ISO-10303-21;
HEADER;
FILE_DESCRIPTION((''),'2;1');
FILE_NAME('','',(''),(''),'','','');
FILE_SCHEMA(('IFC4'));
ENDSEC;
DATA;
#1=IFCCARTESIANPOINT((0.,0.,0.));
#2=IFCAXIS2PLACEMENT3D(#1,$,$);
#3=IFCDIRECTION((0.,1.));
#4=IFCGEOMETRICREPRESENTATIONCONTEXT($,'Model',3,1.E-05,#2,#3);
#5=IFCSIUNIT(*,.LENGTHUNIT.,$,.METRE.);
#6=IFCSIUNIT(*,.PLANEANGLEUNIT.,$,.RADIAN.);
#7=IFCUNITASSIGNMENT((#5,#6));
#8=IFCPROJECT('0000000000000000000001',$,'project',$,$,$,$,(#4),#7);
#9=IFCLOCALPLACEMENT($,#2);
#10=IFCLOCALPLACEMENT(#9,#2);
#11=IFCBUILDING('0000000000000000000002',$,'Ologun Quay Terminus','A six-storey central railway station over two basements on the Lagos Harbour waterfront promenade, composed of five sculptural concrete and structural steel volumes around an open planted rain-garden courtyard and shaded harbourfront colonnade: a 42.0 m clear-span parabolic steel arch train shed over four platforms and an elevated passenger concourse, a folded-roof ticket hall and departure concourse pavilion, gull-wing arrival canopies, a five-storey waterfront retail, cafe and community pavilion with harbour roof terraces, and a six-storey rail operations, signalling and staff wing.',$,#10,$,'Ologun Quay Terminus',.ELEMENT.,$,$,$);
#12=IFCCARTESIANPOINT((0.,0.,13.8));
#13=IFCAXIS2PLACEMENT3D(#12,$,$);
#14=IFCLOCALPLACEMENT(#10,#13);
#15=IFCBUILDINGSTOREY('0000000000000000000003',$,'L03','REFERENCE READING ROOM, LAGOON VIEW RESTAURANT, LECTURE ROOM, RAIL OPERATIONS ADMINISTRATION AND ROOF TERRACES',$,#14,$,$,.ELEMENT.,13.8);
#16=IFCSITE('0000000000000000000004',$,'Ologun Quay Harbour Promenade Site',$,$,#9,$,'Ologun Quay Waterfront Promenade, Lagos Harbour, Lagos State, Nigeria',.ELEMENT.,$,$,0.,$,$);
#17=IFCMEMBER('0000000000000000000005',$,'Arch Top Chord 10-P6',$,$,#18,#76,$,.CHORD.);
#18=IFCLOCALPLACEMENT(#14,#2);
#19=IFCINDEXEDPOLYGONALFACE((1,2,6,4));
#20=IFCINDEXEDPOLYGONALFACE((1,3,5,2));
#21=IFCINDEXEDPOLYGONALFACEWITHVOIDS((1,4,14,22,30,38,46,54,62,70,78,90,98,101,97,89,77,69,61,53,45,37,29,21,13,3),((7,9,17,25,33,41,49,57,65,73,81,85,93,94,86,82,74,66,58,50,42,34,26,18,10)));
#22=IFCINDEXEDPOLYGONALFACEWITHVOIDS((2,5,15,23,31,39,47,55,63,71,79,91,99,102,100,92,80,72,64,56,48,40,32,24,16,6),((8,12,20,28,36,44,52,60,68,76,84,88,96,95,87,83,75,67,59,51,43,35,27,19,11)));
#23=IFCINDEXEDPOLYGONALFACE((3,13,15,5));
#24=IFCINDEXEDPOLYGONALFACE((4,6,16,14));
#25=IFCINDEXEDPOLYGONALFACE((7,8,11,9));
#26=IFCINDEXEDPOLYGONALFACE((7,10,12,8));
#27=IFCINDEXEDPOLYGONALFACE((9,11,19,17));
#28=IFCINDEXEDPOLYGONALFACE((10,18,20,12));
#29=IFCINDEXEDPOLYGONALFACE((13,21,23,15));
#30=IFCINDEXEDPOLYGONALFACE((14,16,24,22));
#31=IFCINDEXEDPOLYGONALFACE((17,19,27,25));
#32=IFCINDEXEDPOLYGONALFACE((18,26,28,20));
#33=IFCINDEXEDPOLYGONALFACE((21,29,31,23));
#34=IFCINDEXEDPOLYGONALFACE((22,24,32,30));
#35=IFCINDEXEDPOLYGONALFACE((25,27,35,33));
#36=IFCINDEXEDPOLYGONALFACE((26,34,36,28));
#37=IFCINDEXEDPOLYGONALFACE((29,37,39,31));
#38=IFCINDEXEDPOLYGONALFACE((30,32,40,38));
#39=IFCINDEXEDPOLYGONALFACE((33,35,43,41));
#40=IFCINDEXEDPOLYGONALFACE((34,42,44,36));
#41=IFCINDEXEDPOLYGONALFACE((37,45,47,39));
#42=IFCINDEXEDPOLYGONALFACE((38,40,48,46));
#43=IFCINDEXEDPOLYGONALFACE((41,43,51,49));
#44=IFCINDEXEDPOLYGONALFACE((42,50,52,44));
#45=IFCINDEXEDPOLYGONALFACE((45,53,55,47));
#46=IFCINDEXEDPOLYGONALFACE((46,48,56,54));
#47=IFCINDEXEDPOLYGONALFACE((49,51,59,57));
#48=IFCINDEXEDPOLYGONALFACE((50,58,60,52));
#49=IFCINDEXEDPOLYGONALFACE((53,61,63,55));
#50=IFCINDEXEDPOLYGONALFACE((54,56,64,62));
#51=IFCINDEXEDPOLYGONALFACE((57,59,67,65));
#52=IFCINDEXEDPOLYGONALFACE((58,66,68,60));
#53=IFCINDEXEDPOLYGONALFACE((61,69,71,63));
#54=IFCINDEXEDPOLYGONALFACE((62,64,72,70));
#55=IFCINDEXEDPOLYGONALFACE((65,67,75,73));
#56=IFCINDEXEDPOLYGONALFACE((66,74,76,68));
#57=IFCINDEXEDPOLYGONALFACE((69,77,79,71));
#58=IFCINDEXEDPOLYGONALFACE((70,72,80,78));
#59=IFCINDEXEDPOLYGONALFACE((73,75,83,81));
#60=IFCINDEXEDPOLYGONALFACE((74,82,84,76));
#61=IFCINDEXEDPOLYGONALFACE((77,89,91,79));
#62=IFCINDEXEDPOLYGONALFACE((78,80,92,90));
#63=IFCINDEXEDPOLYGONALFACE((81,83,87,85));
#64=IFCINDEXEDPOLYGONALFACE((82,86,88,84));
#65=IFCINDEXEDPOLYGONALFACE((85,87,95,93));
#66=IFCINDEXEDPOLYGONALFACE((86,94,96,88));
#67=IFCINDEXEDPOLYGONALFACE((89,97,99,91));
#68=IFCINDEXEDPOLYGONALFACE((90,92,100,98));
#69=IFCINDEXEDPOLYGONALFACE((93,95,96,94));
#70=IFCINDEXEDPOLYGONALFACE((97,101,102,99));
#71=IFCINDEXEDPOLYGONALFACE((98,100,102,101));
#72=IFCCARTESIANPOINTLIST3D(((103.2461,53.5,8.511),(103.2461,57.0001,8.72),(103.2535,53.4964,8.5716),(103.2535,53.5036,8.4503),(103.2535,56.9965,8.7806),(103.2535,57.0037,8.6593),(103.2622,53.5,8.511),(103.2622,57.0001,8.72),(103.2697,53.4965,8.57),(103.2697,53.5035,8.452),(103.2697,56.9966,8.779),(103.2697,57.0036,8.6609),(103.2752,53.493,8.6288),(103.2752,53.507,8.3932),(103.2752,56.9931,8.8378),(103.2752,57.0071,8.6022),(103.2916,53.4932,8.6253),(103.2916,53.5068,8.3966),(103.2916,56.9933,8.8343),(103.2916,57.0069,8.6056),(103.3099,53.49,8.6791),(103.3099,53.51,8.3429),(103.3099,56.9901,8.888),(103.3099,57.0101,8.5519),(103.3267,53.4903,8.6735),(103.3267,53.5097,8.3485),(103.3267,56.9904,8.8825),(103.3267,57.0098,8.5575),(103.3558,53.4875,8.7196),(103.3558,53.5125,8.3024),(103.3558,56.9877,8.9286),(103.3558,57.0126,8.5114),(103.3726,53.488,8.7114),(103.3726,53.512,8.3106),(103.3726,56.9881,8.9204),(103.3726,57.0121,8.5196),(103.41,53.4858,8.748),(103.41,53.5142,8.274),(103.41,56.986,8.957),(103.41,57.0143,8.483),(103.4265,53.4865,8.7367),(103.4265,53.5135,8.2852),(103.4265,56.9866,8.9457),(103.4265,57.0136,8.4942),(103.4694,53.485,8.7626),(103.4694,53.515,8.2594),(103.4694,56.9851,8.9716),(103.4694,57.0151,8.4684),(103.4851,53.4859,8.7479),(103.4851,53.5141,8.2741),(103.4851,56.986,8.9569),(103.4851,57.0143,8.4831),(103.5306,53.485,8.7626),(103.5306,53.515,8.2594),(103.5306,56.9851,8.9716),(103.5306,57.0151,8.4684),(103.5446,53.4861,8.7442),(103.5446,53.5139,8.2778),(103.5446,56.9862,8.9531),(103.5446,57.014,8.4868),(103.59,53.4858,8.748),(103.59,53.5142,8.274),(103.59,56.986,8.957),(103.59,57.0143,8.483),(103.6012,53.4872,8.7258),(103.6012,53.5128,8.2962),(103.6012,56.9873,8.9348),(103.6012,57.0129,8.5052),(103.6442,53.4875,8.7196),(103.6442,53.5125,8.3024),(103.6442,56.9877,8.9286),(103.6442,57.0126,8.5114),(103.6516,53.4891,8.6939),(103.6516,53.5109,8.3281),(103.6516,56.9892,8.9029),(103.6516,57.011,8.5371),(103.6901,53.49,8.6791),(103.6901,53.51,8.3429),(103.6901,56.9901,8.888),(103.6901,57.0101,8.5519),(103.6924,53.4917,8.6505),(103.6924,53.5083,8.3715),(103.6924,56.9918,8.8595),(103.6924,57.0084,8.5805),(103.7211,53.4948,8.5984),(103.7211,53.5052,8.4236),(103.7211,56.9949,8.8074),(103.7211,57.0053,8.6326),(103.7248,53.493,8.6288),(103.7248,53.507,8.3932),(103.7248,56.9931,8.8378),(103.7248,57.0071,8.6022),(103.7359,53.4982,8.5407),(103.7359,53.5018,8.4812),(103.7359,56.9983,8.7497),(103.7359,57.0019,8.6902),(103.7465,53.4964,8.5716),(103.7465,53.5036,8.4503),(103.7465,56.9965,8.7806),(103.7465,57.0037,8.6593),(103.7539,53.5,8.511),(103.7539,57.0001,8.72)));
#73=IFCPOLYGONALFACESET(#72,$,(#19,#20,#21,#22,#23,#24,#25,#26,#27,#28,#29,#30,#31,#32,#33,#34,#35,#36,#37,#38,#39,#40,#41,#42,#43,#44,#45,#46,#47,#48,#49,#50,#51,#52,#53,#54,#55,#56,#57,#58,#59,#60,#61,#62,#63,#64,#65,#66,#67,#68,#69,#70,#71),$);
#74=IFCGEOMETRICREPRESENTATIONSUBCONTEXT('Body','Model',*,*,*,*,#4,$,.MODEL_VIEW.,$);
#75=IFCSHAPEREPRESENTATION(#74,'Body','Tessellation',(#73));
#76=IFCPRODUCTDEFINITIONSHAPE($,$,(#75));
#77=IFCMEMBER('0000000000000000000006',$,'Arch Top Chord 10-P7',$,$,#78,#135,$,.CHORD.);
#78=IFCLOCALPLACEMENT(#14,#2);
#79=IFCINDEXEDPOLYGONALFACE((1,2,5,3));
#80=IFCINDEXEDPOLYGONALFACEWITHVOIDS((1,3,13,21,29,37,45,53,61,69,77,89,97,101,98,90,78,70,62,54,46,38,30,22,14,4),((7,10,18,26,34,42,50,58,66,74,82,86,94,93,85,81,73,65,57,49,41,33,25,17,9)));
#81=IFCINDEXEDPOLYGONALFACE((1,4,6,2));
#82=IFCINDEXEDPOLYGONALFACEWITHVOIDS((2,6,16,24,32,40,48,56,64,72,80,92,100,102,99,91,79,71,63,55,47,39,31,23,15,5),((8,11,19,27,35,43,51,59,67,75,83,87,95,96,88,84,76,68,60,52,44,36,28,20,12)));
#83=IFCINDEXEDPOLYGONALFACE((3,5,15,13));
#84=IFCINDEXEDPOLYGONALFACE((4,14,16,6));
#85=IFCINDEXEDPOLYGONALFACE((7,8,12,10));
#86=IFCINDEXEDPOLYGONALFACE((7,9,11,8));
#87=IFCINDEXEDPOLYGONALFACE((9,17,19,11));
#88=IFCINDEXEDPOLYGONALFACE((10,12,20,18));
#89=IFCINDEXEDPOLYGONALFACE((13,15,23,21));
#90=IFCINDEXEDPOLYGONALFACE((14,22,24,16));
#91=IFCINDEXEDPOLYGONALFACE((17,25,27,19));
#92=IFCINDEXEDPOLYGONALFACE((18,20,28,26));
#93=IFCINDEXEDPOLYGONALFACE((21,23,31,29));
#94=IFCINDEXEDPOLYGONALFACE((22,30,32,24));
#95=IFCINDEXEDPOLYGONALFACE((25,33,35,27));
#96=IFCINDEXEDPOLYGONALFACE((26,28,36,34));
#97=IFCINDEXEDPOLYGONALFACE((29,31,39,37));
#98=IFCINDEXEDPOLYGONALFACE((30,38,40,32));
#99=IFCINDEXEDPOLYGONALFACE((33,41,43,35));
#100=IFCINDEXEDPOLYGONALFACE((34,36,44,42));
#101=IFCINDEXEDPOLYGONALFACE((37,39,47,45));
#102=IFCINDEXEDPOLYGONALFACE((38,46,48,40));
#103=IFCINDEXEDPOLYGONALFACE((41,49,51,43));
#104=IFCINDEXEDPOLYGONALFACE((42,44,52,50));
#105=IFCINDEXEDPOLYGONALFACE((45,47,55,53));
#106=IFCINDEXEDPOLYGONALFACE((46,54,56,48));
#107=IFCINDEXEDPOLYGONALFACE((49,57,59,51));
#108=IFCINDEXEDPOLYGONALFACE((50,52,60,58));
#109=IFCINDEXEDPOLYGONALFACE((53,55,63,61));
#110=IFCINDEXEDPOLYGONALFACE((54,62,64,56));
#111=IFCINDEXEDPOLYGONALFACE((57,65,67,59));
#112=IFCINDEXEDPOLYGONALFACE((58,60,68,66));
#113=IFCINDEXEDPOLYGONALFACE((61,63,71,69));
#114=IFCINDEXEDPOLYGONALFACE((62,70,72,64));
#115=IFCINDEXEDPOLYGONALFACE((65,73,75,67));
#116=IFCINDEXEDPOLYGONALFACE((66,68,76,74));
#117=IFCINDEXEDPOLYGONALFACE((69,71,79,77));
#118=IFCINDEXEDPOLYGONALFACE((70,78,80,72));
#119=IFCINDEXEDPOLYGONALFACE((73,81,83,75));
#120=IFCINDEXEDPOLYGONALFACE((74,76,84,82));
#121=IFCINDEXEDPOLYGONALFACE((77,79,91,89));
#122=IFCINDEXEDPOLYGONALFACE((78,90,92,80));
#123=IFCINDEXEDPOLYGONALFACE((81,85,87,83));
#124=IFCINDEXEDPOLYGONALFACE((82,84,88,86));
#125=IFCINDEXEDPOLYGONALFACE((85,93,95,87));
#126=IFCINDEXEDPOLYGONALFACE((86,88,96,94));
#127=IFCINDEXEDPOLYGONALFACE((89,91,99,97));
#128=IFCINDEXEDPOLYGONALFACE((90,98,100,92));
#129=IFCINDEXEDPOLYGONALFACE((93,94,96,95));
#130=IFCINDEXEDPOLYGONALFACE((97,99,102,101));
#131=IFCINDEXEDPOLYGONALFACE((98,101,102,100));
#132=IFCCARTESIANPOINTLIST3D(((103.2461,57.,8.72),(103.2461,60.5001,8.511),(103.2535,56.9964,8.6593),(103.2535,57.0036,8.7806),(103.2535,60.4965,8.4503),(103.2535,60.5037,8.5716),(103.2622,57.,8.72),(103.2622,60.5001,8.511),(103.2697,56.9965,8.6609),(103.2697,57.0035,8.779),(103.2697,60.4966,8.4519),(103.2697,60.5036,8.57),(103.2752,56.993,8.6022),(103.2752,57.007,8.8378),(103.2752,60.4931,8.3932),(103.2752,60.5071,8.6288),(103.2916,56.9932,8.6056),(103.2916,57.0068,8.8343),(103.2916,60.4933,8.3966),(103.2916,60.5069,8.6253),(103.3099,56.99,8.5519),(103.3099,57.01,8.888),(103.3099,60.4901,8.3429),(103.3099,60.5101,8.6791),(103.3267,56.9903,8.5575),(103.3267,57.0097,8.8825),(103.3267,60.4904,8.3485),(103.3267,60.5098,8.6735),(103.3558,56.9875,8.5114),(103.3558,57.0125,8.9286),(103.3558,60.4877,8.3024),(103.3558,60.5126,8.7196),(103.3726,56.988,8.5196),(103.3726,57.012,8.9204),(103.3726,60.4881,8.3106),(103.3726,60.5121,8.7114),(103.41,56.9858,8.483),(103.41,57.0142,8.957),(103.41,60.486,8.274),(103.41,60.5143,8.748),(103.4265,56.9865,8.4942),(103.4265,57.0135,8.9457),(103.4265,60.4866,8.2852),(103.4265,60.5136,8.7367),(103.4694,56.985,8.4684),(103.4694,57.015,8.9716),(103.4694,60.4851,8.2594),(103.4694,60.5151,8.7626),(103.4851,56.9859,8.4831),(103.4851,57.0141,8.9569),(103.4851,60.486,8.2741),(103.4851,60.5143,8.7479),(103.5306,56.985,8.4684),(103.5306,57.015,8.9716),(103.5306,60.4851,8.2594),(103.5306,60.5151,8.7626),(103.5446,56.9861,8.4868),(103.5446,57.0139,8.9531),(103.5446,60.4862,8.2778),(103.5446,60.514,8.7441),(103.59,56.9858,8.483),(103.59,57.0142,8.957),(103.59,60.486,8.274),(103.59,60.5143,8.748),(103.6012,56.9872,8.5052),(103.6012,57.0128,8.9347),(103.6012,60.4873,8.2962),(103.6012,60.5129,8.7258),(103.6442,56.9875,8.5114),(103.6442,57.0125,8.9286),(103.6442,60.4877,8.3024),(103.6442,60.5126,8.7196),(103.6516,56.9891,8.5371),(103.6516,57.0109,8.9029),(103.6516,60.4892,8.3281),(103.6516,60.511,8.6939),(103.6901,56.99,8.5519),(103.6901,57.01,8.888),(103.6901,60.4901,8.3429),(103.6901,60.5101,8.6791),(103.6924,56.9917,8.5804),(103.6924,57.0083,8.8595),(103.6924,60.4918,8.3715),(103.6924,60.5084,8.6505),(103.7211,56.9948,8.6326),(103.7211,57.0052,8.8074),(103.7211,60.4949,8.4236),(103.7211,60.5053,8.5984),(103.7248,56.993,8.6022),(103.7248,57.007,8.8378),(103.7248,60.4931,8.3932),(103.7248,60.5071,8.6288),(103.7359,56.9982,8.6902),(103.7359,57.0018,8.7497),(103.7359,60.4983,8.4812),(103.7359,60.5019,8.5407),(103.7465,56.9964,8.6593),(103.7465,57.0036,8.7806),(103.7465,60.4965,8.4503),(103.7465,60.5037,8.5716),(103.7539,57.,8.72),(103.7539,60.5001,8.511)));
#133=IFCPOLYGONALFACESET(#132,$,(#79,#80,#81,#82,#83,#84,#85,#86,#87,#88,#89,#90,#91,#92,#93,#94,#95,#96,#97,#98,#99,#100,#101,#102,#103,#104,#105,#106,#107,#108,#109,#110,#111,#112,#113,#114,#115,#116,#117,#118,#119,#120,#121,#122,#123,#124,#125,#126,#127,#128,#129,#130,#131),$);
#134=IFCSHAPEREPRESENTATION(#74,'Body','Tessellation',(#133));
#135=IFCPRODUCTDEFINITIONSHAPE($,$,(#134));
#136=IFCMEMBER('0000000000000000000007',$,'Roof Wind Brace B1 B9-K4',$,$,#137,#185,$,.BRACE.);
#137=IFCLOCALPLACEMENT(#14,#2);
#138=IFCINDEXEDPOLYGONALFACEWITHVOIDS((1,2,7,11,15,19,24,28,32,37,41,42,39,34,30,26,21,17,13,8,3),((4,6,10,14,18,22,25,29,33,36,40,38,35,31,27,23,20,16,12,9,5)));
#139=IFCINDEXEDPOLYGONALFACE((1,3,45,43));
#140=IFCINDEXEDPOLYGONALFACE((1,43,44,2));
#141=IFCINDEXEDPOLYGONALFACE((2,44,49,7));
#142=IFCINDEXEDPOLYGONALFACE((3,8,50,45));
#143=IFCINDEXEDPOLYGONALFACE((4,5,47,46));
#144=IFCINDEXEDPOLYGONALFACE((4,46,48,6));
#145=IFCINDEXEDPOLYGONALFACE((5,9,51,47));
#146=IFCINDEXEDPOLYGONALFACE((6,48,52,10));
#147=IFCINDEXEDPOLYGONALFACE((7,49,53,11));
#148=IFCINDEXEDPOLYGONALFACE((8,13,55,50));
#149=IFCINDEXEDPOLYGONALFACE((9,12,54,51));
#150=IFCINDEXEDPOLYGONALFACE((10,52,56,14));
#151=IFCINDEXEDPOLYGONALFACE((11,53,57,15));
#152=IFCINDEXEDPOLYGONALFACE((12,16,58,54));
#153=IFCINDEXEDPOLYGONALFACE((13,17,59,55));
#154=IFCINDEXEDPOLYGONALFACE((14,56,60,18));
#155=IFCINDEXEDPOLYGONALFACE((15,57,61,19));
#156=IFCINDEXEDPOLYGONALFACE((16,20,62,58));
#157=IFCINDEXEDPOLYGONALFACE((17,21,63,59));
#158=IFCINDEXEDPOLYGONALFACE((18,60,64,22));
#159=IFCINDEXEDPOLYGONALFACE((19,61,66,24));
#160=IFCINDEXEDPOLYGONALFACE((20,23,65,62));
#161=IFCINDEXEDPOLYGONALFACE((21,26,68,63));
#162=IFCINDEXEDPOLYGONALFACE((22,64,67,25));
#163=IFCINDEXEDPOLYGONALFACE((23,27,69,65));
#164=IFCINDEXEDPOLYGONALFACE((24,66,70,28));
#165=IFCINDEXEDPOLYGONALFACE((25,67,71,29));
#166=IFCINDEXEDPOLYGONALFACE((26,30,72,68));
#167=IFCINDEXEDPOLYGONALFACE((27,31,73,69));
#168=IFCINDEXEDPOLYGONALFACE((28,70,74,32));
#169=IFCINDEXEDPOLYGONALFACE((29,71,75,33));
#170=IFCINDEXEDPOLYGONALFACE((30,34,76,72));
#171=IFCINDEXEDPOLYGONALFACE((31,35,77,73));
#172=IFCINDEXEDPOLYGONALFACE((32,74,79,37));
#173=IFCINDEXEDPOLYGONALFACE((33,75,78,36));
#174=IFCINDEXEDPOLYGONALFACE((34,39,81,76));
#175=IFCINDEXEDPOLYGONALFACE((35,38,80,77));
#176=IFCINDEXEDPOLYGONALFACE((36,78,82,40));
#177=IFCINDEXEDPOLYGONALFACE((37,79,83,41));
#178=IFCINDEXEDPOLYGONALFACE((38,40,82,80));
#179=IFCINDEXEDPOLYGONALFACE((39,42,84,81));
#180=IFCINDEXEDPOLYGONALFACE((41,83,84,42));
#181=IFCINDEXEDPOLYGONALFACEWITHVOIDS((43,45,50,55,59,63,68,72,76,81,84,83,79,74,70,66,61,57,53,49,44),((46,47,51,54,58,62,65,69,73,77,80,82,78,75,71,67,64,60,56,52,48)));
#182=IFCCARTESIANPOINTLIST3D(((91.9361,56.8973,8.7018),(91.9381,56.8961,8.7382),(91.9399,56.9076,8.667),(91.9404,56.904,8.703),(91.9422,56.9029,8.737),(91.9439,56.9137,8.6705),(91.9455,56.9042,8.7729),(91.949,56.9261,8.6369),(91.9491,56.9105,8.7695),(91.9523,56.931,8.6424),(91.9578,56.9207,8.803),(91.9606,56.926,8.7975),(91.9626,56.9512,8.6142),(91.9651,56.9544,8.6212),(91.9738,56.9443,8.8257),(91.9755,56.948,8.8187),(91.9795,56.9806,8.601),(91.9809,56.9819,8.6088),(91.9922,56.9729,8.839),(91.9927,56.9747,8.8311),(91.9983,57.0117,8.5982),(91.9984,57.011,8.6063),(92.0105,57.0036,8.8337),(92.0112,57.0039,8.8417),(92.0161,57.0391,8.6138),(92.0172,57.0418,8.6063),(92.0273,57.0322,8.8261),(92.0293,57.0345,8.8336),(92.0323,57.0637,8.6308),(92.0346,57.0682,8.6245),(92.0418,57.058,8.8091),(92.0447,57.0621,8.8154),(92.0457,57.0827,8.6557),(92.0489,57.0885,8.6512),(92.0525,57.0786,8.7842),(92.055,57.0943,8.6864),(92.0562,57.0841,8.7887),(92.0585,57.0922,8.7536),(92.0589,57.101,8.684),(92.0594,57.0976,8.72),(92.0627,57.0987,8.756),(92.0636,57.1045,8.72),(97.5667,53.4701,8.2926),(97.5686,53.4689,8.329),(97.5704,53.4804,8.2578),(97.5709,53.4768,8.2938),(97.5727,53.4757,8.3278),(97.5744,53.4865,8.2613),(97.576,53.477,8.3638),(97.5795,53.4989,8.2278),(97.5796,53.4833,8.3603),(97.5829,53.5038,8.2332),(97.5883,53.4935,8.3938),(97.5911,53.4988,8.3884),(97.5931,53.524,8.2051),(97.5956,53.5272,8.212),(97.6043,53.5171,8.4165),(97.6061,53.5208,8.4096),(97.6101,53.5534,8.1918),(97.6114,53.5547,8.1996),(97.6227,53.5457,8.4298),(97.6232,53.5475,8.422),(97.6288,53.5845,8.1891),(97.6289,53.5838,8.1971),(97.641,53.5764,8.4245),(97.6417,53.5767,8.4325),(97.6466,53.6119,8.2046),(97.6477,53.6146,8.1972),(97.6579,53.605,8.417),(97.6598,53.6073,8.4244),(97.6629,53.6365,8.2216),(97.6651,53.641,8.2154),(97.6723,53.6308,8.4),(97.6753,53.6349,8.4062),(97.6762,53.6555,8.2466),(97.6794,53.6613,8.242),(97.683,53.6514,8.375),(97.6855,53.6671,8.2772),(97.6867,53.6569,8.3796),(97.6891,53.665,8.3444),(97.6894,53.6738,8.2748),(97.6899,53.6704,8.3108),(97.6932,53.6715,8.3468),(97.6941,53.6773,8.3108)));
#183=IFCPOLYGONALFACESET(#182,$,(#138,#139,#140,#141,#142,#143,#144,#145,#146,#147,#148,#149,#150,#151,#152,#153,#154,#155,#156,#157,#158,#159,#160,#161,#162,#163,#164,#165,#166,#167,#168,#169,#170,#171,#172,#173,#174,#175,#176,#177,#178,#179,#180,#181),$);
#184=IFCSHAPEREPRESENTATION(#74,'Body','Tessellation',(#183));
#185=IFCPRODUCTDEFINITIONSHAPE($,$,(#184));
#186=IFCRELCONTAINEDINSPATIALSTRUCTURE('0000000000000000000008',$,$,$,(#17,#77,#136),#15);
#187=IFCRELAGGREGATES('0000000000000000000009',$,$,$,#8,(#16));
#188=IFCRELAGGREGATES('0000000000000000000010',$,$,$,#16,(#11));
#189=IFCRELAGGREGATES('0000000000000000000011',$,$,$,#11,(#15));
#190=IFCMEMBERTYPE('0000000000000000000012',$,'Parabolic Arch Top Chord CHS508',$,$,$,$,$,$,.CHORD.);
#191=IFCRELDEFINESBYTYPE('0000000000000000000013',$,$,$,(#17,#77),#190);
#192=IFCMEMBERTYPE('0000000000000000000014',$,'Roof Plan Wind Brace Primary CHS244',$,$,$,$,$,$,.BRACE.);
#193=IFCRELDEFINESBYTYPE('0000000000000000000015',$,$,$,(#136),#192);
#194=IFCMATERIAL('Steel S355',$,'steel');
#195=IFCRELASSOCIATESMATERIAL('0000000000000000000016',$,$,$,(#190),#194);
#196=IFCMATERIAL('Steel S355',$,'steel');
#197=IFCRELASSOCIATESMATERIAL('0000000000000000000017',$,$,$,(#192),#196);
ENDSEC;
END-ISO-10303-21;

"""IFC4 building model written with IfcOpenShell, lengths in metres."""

from ifc_helpers import new_model, si_unit, direction, frame, origin, origin_2d, place, context, subcontext, project, spatial, hollow_circle, extrude, material, material_profile, profile_set, type_object, element, save


model = new_model("IFC4")

# Units and contexts
model_context = context("Model", 3, precision=1e-05, world=origin(), true_north=direction((0.0, 1.0)))
body_context = subcontext(model_context, "Body", "Model", "MODEL_VIEW")
ifc_project = project(units=[si_unit("LENGTHUNIT", "METRE"), si_unit("PLANEANGLEUNIT", "RADIAN")], contexts=[model_context])

# Site, building, storey
site_placement = place(None, origin())
site = spatial("IfcSite", under=ifc_project, at=site_placement, Name="Ologun Quay Harbour Promenade Site", LongName="Ologun Quay Waterfront Promenade, Lagos Harbour, Lagos State, Nigeria", CompositionType="ELEMENT", RefElevation=0.0)
building_placement = place(site_placement, origin())
building = spatial("IfcBuilding", under=site, at=building_placement, Name="Ologun Quay Terminus", Description="A six-storey central railway station over two basements on the Lagos Harbour waterfront promenade, composed of five sculptural concrete and structural steel volumes around an open planted rain-garden courtyard and shaded harbourfront colonnade: a 42.0 m clear-span parabolic steel arch train shed over four platforms and an elevated passenger concourse, a folded-roof ticket hall and departure concourse pavilion, gull-wing arrival canopies, a five-storey waterfront retail, cafe and community pavilion with harbour roof terraces, and a six-storey rail operations, signalling and staff wing.", LongName="Ologun Quay Terminus", CompositionType="ELEMENT")
storey_placement = place(building_placement, frame((0.0, 0.0, 13.8)))
storey = spatial("IfcBuildingStorey", under=building, at=storey_placement, Name="L03", Description="REFERENCE READING ROOM, LAGOON VIEW RESTAURANT, LECTURE ROOM, RAIL OPERATIONS ADMINISTRATION AND ROOF TERRACES", CompositionType="ELEMENT", Elevation=13.8)

# Members
ifc_material_1 = material(Name="Steel S355", Category="steel")
ifc_material_profile_1 = material_profile(ifc_material_1, hollow_circle(Radius=0.2539, WallThickness=0.0161, at=origin_2d()), Name="CHS 508x16")
ifc_profile_set_1 = profile_set([ifc_material_profile_1], Name="Steel S355")
member_type_1 = type_object("IfcMemberType", Name="Parabolic Arch Top Chord CHS508", PredefinedType="CHORD", material=ifc_profile_set_1)
for number, where, z_axis, x_axis, name in (
    (1, (103.5, 53.5, 8.511), (0.0, 0.998222, 0.059604), (-1.0, 0.0, 0.0), "Arch Top Chord 10-P6"),
    (2, (103.5, 57.0, 8.72), (0.0, 0.998222, -0.059604), (-1.0, 0.0, 0.0), "Arch Top Chord 10-P7"),
):
    element("IfcMember", number, at=place(storey_placement, frame(where, z_axis=z_axis, x_axis=x_axis)), inside=storey, type_object=member_type_1, Name=name, PredefinedType="CHORD", context=body_context, shape_type="SweptSolid", body=[
        extrude(hollow_circle(Radius=0.2539, WallThickness=0.0161, at=origin_2d()), origin(), (0.0, 0.0, 1.0), 3.5063),
    ])
ifc_material_2 = material(Name="Steel S355", Category="steel")
ifc_material_profile_2 = material_profile(ifc_material_2, hollow_circle(Radius=0.1223, WallThickness=0.0081, at=origin_2d()), Name="CHS 244.5x8")
ifc_profile_set_2 = profile_set([ifc_material_profile_2], Name="Steel S355")
member_type_2 = type_object("IfcMemberType", Name="Roof Plan Wind Brace Primary CHS244", PredefinedType="BRACE", material=ifc_profile_set_2)
member_1_placement = place(storey_placement, frame((92.0, 57.0, 8.72), z_axis=(0.852563, -0.518939, -0.061956), x_axis=(0.519938, 0.854204, 0.0)))
element("IfcMember", 3, at=member_1_placement, inside=storey, type_object=member_type_2, Name="Roof Wind Brace B1 B9-K4", PredefinedType="BRACE", context=body_context, shape_type="SweptSolid", body=[
    extrude(hollow_circle(Radius=0.1223, WallThickness=0.0081, at=origin_2d()), origin(), (0.0, 0.0, 1.0), 6.6042),
])

save(model, "model.ifc")
